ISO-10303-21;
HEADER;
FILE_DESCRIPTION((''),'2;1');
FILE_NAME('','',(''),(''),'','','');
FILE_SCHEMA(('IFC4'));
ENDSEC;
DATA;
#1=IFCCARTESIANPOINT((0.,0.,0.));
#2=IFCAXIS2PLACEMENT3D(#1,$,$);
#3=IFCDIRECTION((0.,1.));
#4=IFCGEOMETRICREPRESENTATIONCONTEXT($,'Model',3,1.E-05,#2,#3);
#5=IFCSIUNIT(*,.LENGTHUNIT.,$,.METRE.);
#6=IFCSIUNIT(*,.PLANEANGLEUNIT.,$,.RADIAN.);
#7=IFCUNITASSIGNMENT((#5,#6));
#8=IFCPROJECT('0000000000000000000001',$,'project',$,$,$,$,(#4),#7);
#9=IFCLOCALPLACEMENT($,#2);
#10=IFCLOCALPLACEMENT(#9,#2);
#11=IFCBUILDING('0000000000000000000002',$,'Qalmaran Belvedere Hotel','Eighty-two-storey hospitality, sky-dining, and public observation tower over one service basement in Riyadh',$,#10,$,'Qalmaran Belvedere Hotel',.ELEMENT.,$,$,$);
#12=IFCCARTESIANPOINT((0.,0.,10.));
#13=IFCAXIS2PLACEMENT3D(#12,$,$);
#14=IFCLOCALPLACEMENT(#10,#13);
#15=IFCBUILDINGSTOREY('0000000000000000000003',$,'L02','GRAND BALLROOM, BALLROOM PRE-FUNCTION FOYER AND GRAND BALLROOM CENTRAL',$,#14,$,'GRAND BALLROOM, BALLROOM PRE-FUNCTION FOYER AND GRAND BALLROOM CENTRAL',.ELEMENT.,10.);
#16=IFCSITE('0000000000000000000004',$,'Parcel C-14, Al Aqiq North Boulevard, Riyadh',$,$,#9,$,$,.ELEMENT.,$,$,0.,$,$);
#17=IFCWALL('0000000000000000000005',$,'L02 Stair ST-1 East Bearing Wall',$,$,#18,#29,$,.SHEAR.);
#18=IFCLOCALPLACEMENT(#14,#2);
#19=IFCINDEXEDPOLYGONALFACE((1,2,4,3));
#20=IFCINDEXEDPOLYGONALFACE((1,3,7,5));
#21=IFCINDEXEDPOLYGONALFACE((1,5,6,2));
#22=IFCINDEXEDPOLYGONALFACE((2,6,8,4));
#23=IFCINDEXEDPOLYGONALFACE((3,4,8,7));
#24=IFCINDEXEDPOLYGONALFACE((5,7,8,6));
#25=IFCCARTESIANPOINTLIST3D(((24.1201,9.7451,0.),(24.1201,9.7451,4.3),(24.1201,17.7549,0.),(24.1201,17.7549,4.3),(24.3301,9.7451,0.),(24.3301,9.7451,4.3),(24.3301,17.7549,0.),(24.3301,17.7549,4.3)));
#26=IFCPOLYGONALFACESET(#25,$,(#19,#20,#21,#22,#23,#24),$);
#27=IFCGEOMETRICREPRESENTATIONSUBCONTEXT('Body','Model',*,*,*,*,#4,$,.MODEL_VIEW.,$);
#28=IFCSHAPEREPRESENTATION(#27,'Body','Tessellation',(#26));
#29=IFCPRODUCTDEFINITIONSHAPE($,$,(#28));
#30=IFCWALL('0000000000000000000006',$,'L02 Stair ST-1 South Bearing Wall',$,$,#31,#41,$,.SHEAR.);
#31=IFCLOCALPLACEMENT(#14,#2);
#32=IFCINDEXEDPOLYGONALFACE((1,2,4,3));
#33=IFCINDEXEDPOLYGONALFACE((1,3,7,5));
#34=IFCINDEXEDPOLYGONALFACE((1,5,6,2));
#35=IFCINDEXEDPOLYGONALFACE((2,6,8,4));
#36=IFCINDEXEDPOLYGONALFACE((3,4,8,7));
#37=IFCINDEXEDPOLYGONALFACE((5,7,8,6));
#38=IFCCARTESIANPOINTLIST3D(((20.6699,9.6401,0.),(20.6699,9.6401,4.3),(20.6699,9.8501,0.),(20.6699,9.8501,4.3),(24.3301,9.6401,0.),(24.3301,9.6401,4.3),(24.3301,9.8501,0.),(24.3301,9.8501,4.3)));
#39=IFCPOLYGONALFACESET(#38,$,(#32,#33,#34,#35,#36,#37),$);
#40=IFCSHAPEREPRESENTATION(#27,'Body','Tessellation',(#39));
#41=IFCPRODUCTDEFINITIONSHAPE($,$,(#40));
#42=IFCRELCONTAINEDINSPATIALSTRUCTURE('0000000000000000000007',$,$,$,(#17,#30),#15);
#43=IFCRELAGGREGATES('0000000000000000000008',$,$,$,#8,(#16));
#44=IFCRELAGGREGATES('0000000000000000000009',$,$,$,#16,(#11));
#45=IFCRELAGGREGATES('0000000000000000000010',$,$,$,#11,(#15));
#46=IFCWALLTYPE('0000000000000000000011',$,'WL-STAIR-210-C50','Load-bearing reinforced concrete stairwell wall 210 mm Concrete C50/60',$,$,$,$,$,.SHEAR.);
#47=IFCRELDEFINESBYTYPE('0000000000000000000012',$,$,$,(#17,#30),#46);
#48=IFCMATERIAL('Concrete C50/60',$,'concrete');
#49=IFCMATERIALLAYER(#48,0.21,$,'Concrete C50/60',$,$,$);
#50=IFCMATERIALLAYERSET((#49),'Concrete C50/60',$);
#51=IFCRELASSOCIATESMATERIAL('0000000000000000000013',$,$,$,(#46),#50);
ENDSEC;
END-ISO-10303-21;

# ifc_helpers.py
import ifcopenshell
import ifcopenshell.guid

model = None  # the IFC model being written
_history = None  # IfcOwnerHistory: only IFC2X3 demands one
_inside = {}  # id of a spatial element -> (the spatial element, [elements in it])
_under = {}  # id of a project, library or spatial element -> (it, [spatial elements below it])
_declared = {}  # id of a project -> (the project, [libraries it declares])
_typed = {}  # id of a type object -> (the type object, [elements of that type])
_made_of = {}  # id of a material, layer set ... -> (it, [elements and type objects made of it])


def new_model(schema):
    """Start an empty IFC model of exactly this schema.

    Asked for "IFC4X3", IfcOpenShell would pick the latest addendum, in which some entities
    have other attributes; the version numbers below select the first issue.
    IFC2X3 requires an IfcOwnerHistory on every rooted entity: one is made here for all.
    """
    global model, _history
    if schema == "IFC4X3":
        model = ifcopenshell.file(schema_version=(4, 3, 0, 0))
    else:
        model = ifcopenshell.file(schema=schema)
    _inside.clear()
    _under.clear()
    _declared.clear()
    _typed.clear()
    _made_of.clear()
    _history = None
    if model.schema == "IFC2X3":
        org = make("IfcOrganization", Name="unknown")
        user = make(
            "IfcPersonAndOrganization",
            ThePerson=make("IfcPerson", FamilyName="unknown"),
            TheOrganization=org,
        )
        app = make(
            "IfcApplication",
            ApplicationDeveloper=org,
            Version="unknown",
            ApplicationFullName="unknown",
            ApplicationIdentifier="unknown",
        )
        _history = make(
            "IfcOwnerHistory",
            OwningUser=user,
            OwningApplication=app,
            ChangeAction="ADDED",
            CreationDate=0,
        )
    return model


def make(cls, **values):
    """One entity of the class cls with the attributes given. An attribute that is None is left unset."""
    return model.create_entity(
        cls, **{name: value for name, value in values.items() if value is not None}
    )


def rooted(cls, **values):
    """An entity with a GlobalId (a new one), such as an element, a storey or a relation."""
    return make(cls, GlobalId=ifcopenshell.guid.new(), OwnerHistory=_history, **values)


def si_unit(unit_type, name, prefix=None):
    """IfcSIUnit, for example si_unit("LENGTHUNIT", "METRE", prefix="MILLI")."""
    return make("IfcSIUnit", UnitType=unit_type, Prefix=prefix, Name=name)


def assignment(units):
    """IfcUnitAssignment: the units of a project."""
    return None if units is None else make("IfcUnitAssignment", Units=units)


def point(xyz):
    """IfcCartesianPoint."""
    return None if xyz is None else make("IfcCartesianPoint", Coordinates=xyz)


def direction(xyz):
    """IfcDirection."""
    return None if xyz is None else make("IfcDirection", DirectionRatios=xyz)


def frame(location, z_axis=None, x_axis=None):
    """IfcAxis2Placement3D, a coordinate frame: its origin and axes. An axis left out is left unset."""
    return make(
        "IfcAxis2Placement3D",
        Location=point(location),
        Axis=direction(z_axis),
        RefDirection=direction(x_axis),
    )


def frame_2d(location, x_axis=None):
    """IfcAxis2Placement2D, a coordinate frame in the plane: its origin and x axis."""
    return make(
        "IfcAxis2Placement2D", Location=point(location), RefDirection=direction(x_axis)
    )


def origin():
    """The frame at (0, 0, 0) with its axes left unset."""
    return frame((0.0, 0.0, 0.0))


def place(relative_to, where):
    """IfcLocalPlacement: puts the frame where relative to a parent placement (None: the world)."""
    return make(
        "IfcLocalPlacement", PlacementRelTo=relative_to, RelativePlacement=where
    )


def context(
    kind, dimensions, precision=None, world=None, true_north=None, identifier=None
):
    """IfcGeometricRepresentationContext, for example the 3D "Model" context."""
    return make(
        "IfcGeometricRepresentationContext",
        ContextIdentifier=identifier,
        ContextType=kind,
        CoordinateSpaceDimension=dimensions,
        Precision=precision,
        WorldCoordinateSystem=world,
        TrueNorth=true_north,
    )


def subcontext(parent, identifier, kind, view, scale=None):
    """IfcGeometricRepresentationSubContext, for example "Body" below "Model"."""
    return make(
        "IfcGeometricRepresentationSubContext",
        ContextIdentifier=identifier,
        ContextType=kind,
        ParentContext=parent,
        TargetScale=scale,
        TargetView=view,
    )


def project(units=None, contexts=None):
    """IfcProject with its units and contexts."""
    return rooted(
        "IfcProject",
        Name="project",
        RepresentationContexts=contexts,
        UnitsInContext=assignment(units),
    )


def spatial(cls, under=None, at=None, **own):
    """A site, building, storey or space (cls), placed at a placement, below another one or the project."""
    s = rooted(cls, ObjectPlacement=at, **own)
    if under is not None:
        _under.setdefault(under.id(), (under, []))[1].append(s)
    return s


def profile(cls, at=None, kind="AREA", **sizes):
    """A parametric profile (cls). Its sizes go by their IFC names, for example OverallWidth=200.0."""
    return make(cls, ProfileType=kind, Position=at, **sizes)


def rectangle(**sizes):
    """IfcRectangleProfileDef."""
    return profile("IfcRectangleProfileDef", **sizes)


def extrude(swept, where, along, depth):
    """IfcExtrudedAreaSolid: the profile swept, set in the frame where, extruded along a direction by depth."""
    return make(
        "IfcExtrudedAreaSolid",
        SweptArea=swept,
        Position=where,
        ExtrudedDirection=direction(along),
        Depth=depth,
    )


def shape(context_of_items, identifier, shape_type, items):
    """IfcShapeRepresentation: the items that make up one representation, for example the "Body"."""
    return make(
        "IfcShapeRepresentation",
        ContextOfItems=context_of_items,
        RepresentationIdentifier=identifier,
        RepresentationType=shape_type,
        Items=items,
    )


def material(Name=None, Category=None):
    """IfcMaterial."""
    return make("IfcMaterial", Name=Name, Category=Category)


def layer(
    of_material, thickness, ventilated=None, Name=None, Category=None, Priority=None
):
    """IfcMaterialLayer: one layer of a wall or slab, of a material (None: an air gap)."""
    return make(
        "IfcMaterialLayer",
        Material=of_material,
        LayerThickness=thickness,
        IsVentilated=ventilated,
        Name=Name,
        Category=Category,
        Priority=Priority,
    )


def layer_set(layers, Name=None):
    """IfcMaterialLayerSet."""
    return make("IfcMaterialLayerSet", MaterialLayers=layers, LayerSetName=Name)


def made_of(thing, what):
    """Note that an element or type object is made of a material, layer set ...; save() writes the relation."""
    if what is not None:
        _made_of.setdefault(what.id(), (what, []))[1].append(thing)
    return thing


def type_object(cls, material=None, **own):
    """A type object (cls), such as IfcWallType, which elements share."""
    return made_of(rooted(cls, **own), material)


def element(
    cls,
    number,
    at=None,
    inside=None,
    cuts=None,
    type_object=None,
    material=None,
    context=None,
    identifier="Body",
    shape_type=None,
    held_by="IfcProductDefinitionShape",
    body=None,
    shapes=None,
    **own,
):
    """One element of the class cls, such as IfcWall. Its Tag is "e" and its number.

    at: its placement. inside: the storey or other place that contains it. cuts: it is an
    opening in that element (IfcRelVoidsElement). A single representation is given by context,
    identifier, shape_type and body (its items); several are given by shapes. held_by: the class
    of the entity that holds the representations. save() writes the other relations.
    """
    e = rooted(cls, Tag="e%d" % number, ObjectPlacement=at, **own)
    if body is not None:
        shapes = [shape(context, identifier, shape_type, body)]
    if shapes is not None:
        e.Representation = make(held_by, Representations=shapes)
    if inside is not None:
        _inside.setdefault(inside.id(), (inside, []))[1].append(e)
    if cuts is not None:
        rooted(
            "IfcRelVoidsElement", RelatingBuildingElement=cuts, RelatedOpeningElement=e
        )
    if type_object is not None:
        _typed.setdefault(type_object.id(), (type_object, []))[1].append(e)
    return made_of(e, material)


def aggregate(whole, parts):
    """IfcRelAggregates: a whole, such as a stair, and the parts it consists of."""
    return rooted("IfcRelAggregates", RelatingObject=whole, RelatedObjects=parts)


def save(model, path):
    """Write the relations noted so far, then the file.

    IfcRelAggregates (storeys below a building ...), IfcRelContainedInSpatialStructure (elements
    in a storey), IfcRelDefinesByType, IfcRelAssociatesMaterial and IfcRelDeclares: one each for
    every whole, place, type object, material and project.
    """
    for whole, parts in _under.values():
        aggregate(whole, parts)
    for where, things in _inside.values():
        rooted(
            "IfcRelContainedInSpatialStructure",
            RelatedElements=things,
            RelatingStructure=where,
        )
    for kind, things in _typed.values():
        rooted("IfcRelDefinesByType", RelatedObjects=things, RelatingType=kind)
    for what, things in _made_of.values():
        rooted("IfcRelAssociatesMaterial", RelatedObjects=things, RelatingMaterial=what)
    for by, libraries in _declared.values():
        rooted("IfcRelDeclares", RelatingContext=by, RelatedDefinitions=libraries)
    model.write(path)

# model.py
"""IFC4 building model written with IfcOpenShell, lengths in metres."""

from ifc_helpers import new_model, si_unit, direction, frame, frame_2d, origin, place, context, subcontext, project, spatial, rectangle, extrude, material, layer, layer_set, type_object, element, save


model = new_model("IFC4")

# Units and contexts
model_context = context("Model", 3, precision=1e-05, world=origin(), true_north=direction((0.0, 1.0)))
body_context = subcontext(model_context, "Body", "Model", "MODEL_VIEW")
ifc_project = project(units=[si_unit("LENGTHUNIT", "METRE"), si_unit("PLANEANGLEUNIT", "RADIAN")], contexts=[model_context])

# Site, building, storey
site_placement = place(None, origin())
site = spatial("IfcSite", under=ifc_project, at=site_placement, Name="Parcel C-14, Al Aqiq North Boulevard, Riyadh", CompositionType="ELEMENT", RefElevation=0.0)
building_placement = place(site_placement, origin())
building = spatial("IfcBuilding", under=site, at=building_placement, Name="Qalmaran Belvedere Hotel", Description="Eighty-two-storey hospitality, sky-dining, and public observation tower over one service basement in Riyadh", LongName="Qalmaran Belvedere Hotel", CompositionType="ELEMENT")
storey_placement = place(building_placement, frame((0.0, 0.0, 10.0)))
storey = spatial("IfcBuildingStorey", under=building, at=storey_placement, Name="L02", Description="GRAND BALLROOM, BALLROOM PRE-FUNCTION FOYER AND GRAND BALLROOM CENTRAL", LongName="GRAND BALLROOM, BALLROOM PRE-FUNCTION FOYER AND GRAND BALLROOM CENTRAL", CompositionType="ELEMENT", Elevation=10.0)

# Walls
ifc_material_1 = material(Name="Concrete C50/60", Category="concrete")
ifc_layer_1 = layer(ifc_material_1, 0.21, Name="Concrete C50/60")
ifc_layer_set_1 = layer_set([ifc_layer_1], Name="Concrete C50/60")
wall_type_1 = type_object("IfcWallType", Name="WL-STAIR-210-C50", Description="Load-bearing reinforced concrete stairwell wall 210 mm Concrete C50/60", PredefinedType="SHEAR", material=ifc_layer_set_1)
for number, where, z_axis, x_axis, name in (
    (1, (24.2251, 9.7451, 0.0), (0.0, 0.0, 1.0), (0.0, 1.0, 0.0), "L02 Stair ST-1 East Bearing Wall"),
):
    element("IfcWall", number, at=place(storey_placement, frame(where, z_axis=z_axis, x_axis=x_axis)), inside=storey, type_object=wall_type_1, Name=name, PredefinedType="SHEAR", context=body_context, shape_type="SweptSolid", body=[
        extrude(rectangle(XDim=8.0098, YDim=0.21, at=frame_2d((4.0049, 0.0))), origin(), (0.0, 0.0, 1.0), 4.3),
    ])
wall_1_placement = place(storey_placement, frame((20.6699, 9.7451, 0.0), z_axis=(0.0, 0.0, 1.0), x_axis=(1.0, 0.0, 0.0)))
element("IfcWall", 2, at=wall_1_placement, inside=storey, type_object=wall_type_1, Name="L02 Stair ST-1 South Bearing Wall", PredefinedType="SHEAR", context=body_context, shape_type="SweptSolid", body=[
    extrude(rectangle(XDim=3.6602, YDim=0.21, at=frame_2d((1.8301, 0.0))), origin(), (0.0, 0.0, 1.0), 4.3),
])

save(model, "model.ifc")
